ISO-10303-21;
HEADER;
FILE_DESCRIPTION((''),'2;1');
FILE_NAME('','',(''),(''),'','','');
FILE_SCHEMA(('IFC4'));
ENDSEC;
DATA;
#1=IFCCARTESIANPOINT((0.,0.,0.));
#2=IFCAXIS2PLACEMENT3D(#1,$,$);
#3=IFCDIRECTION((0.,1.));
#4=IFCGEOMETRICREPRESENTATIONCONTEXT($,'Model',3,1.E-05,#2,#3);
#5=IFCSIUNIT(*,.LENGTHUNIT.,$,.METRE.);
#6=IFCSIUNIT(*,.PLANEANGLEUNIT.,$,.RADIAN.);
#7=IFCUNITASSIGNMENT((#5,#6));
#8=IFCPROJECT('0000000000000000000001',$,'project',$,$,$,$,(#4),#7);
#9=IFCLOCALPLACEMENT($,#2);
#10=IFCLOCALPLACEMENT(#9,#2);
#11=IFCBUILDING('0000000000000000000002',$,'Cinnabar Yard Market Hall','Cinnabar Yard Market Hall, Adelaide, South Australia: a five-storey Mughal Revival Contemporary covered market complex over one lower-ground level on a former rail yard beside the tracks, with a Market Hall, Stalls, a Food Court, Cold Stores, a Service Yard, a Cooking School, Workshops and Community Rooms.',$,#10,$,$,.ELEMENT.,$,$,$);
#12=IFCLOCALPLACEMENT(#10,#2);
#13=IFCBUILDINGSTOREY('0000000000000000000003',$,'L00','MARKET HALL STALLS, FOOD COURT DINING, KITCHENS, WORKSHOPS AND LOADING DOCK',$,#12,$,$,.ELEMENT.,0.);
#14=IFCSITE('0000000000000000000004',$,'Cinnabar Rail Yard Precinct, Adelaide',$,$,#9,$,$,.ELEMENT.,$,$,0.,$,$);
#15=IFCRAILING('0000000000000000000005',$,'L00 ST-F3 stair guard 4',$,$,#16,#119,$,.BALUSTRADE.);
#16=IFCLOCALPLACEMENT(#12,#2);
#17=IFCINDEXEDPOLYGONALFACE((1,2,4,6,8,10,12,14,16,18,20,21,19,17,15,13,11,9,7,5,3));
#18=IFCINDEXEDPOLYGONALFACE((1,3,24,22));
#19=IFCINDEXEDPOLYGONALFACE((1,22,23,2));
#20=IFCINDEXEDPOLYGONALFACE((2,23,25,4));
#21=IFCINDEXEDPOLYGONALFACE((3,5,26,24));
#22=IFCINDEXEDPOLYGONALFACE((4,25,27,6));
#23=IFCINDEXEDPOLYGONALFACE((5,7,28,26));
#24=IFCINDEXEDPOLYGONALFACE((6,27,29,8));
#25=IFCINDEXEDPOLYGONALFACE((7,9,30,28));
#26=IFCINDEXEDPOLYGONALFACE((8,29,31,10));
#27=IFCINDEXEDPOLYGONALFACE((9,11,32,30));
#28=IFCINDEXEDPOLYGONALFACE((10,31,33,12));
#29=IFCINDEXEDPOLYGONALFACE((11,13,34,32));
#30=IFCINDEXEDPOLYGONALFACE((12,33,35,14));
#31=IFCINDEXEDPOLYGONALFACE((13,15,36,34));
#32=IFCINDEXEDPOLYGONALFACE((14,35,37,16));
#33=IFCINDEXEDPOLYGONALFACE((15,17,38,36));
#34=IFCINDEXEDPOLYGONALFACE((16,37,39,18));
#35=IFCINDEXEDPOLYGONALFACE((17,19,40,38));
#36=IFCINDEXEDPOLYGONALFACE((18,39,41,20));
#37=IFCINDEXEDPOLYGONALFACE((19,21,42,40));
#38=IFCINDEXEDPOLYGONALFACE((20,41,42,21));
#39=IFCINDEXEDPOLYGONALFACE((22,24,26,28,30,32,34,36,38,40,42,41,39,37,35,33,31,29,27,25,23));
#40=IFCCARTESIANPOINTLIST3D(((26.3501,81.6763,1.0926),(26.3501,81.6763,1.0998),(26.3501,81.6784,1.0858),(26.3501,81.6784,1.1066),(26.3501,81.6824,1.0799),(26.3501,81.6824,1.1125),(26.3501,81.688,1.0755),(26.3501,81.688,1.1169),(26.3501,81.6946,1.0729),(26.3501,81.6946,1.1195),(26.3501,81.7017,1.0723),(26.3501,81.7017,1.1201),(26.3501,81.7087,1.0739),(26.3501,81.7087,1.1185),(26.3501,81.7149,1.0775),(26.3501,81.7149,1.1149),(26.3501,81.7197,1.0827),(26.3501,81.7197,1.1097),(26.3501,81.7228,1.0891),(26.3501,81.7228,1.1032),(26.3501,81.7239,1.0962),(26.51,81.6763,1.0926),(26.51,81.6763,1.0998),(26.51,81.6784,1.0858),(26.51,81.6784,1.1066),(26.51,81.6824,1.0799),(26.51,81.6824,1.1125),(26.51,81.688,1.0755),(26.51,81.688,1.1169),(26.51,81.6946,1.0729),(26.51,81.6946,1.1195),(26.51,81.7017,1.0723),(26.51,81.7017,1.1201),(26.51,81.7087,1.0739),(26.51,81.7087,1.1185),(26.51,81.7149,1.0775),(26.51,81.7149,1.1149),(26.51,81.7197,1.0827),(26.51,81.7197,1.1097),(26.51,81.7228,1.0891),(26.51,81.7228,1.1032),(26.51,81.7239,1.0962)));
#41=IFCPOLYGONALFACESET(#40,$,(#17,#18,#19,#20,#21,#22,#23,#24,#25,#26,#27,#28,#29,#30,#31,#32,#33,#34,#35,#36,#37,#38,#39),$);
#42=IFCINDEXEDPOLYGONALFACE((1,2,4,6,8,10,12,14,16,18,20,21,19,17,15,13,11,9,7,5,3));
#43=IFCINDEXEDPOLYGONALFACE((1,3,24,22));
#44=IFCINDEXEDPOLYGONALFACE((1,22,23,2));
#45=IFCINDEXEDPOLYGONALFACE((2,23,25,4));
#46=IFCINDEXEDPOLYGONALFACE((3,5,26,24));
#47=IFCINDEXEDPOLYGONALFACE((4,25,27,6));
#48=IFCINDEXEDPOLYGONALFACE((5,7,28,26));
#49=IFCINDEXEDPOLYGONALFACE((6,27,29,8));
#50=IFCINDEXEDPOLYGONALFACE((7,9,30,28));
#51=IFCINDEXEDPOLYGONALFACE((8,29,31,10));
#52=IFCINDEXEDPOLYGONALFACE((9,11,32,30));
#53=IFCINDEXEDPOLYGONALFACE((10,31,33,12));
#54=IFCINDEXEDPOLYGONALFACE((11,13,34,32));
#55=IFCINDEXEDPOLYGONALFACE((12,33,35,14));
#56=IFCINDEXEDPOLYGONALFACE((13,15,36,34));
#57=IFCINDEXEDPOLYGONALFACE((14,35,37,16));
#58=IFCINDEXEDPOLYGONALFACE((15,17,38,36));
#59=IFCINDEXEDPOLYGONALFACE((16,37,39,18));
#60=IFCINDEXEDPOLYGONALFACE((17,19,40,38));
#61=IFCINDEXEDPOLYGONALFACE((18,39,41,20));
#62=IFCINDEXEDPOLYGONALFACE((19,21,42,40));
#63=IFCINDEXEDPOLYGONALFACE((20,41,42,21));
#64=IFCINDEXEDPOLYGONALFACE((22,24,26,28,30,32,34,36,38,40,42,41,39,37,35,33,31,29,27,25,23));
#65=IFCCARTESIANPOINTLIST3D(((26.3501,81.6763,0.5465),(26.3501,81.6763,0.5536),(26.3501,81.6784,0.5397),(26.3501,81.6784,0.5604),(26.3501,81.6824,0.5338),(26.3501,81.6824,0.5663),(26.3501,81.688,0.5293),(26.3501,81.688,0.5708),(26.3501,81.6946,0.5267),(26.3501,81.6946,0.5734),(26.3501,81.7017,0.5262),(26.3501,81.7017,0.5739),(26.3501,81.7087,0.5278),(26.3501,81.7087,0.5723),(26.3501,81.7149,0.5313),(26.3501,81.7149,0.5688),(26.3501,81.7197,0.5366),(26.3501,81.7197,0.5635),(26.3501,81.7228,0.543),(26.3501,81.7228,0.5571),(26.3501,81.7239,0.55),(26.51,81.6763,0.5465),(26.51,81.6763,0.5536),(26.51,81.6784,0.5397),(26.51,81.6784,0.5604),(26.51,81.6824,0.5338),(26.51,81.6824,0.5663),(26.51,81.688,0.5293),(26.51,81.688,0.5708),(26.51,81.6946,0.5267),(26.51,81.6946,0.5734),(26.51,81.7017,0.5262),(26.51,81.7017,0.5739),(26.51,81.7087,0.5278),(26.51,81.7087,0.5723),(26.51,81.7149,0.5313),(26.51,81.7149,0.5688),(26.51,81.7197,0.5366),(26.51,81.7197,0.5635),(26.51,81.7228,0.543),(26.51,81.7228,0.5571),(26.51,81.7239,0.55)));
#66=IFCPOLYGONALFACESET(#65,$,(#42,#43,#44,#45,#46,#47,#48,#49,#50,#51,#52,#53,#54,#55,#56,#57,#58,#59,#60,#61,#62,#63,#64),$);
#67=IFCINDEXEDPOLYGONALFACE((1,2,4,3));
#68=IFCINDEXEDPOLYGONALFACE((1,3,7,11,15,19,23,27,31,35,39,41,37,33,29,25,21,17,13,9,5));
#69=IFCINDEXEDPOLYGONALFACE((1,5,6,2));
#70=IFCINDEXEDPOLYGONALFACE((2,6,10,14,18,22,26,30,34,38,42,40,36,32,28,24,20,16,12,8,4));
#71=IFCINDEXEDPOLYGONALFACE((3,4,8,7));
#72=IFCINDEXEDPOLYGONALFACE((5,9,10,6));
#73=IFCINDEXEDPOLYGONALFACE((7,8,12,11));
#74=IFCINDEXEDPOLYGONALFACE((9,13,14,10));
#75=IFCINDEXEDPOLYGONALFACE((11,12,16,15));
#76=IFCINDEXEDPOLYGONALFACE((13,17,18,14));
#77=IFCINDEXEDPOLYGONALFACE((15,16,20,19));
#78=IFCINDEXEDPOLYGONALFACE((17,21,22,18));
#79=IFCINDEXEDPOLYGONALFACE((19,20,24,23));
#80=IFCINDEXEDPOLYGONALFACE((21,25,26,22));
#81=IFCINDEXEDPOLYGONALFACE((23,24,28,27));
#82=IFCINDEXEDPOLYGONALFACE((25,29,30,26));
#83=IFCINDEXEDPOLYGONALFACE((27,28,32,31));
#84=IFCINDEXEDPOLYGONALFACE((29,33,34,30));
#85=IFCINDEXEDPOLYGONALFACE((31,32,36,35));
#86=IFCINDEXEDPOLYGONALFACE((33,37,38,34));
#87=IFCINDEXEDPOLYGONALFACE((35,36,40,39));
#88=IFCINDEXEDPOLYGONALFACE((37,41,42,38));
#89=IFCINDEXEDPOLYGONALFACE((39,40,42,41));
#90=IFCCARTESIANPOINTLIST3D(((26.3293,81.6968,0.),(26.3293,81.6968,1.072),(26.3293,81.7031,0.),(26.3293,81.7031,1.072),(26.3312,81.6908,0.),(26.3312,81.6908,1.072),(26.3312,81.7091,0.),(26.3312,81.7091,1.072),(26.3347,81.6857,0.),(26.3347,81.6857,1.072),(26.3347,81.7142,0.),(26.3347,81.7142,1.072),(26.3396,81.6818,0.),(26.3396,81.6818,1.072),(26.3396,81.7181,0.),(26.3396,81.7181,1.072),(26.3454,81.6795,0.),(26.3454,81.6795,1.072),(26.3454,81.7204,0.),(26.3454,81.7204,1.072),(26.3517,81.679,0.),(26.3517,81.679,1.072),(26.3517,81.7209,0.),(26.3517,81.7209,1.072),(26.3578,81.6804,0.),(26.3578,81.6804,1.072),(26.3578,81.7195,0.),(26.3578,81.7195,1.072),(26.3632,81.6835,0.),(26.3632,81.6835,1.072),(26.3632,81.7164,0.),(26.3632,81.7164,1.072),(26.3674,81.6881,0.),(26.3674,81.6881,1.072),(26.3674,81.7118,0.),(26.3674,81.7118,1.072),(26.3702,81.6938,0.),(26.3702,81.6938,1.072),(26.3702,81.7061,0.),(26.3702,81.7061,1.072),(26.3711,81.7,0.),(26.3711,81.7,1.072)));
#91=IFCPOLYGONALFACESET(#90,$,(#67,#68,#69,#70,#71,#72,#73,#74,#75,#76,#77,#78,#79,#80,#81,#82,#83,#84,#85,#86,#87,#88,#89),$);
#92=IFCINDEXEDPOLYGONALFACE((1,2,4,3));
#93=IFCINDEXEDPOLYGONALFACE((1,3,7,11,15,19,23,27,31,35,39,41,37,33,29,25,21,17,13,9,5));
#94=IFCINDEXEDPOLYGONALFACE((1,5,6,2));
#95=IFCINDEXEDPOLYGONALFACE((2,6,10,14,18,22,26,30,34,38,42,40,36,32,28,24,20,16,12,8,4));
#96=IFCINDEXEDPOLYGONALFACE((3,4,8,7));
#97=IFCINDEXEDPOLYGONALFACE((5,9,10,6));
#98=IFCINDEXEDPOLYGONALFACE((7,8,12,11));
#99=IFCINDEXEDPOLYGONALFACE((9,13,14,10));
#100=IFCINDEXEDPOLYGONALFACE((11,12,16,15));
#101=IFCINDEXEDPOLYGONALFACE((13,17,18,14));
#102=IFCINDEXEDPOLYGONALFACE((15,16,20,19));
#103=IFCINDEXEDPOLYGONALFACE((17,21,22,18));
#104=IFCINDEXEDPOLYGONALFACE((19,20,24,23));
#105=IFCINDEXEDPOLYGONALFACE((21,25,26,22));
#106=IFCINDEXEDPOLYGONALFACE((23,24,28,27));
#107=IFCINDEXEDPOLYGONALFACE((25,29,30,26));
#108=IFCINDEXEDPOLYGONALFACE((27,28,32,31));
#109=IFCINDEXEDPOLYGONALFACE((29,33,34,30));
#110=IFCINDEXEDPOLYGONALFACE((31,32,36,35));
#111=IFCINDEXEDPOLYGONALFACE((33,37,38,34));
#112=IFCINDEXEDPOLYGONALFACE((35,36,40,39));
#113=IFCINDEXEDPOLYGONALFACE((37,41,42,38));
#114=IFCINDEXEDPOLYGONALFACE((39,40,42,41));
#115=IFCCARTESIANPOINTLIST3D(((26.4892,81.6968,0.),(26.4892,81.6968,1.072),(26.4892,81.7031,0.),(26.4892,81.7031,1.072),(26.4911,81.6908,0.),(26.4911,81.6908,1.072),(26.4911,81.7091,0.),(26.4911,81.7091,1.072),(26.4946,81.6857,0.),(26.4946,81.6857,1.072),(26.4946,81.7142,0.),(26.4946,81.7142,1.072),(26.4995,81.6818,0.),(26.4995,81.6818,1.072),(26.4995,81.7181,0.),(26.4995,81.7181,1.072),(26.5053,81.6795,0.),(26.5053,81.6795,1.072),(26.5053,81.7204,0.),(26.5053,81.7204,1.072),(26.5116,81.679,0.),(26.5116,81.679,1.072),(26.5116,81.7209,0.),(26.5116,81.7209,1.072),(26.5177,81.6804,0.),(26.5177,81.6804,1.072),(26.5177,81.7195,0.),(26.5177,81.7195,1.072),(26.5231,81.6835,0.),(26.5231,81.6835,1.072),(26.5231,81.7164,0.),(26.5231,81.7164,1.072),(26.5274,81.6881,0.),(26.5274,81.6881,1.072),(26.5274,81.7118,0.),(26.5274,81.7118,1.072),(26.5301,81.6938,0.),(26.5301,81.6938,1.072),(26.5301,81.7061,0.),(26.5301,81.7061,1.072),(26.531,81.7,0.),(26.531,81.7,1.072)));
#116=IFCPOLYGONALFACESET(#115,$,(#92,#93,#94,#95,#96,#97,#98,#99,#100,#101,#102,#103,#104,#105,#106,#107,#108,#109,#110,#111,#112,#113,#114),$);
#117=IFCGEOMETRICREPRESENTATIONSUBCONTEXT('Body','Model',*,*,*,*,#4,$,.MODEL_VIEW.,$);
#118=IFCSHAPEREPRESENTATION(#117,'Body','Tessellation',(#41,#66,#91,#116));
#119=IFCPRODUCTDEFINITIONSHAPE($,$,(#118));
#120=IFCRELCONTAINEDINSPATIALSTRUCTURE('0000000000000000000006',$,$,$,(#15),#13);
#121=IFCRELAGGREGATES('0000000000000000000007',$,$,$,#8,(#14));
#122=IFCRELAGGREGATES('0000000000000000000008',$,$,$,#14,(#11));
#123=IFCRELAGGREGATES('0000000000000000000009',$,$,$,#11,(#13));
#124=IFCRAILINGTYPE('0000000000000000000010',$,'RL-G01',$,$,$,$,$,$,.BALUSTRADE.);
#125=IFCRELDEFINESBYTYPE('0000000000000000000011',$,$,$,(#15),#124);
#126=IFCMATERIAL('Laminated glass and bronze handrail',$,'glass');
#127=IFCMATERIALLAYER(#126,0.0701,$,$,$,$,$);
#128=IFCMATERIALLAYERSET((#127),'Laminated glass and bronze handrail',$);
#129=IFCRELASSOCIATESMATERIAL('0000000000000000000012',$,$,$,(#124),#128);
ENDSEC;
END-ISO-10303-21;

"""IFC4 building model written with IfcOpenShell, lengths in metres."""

from ifc_helpers import new_model, si_unit, direction, frame, origin, origin_2d_with_axis, place, context, subcontext, project, spatial, circle, extrude, material, layer, layer_set, type_object, element, save


model = new_model("IFC4")

# Units and contexts
model_context = context("Model", 3, precision=1e-05, world=origin(), true_north=direction((0.0, 1.0)))
body_context = subcontext(model_context, "Body", "Model", "MODEL_VIEW")
ifc_project = project(units=[si_unit("LENGTHUNIT", "METRE"), si_unit("PLANEANGLEUNIT", "RADIAN")], contexts=[model_context])

# Site, building, storey
site_placement = place(None, origin())
site = spatial("IfcSite", under=ifc_project, at=site_placement, Name="Cinnabar Rail Yard Precinct, Adelaide", CompositionType="ELEMENT", RefElevation=0.0)
building_placement = place(site_placement, origin())
building = spatial("IfcBuilding", under=site, at=building_placement, Name="Cinnabar Yard Market Hall", Description="Cinnabar Yard Market Hall, Adelaide, South Australia: a five-storey Mughal Revival Contemporary covered market complex over one lower-ground level on a former rail yard beside the tracks, with a Market Hall, Stalls, a Food Court, Cold Stores, a Service Yard, a Cooking School, Workshops and Community Rooms.", CompositionType="ELEMENT")
storey_placement = place(building_placement, origin())
storey = spatial("IfcBuildingStorey", under=building, at=storey_placement, Name="L00", Description="MARKET HALL STALLS, FOOD COURT DINING, KITCHENS, WORKSHOPS AND LOADING DOCK", CompositionType="ELEMENT", Elevation=0.0)

# Railing
ifc_material_1 = material(Name="Laminated glass and bronze handrail", Category="glass")
ifc_layer_1 = layer(ifc_material_1, 0.0701)
ifc_layer_set_1 = layer_set([ifc_layer_1], Name="Laminated glass and bronze handrail")
railing_type_1 = type_object("IfcRailingType", Name="RL-G01", PredefinedType="BALUSTRADE", material=ifc_layer_set_1)
railing_1_placement = place(storey_placement, frame((26.3501, 81.7, 0.0)))
element("IfcRailing", 1, at=railing_1_placement, inside=storey, type_object=railing_type_1, Name="L00 ST-F3 stair guard 4", PredefinedType="BALUSTRADE", context=body_context, shape_type="SweptSolid", body=[
    extrude(circle(Radius=0.0239, at=origin_2d_with_axis()), frame((0.0, 0.0, 1.0962), z_axis=(1.0, 0.0, 0.0), x_axis=(0.0, 1.0, 0.0)), (0.0, 0.0, 1.0), 0.1599),
    extrude(circle(Radius=0.0239, at=origin_2d_with_axis()), frame((0.0, 0.0, 0.55), z_axis=(1.0, 0.0, 0.0), x_axis=(0.0, 1.0, 0.0)), (0.0, 0.0, 1.0), 0.1599),
    extrude(circle(Radius=0.021, at=origin_2d_with_axis()), origin(), (0.0, 0.0, 1.0), 1.072),
    extrude(circle(Radius=0.021, at=origin_2d_with_axis()), frame((0.1599, 0.0, 0.0)), (0.0, 0.0, 1.0), 1.072),
])

save(model, "model.ifc")
